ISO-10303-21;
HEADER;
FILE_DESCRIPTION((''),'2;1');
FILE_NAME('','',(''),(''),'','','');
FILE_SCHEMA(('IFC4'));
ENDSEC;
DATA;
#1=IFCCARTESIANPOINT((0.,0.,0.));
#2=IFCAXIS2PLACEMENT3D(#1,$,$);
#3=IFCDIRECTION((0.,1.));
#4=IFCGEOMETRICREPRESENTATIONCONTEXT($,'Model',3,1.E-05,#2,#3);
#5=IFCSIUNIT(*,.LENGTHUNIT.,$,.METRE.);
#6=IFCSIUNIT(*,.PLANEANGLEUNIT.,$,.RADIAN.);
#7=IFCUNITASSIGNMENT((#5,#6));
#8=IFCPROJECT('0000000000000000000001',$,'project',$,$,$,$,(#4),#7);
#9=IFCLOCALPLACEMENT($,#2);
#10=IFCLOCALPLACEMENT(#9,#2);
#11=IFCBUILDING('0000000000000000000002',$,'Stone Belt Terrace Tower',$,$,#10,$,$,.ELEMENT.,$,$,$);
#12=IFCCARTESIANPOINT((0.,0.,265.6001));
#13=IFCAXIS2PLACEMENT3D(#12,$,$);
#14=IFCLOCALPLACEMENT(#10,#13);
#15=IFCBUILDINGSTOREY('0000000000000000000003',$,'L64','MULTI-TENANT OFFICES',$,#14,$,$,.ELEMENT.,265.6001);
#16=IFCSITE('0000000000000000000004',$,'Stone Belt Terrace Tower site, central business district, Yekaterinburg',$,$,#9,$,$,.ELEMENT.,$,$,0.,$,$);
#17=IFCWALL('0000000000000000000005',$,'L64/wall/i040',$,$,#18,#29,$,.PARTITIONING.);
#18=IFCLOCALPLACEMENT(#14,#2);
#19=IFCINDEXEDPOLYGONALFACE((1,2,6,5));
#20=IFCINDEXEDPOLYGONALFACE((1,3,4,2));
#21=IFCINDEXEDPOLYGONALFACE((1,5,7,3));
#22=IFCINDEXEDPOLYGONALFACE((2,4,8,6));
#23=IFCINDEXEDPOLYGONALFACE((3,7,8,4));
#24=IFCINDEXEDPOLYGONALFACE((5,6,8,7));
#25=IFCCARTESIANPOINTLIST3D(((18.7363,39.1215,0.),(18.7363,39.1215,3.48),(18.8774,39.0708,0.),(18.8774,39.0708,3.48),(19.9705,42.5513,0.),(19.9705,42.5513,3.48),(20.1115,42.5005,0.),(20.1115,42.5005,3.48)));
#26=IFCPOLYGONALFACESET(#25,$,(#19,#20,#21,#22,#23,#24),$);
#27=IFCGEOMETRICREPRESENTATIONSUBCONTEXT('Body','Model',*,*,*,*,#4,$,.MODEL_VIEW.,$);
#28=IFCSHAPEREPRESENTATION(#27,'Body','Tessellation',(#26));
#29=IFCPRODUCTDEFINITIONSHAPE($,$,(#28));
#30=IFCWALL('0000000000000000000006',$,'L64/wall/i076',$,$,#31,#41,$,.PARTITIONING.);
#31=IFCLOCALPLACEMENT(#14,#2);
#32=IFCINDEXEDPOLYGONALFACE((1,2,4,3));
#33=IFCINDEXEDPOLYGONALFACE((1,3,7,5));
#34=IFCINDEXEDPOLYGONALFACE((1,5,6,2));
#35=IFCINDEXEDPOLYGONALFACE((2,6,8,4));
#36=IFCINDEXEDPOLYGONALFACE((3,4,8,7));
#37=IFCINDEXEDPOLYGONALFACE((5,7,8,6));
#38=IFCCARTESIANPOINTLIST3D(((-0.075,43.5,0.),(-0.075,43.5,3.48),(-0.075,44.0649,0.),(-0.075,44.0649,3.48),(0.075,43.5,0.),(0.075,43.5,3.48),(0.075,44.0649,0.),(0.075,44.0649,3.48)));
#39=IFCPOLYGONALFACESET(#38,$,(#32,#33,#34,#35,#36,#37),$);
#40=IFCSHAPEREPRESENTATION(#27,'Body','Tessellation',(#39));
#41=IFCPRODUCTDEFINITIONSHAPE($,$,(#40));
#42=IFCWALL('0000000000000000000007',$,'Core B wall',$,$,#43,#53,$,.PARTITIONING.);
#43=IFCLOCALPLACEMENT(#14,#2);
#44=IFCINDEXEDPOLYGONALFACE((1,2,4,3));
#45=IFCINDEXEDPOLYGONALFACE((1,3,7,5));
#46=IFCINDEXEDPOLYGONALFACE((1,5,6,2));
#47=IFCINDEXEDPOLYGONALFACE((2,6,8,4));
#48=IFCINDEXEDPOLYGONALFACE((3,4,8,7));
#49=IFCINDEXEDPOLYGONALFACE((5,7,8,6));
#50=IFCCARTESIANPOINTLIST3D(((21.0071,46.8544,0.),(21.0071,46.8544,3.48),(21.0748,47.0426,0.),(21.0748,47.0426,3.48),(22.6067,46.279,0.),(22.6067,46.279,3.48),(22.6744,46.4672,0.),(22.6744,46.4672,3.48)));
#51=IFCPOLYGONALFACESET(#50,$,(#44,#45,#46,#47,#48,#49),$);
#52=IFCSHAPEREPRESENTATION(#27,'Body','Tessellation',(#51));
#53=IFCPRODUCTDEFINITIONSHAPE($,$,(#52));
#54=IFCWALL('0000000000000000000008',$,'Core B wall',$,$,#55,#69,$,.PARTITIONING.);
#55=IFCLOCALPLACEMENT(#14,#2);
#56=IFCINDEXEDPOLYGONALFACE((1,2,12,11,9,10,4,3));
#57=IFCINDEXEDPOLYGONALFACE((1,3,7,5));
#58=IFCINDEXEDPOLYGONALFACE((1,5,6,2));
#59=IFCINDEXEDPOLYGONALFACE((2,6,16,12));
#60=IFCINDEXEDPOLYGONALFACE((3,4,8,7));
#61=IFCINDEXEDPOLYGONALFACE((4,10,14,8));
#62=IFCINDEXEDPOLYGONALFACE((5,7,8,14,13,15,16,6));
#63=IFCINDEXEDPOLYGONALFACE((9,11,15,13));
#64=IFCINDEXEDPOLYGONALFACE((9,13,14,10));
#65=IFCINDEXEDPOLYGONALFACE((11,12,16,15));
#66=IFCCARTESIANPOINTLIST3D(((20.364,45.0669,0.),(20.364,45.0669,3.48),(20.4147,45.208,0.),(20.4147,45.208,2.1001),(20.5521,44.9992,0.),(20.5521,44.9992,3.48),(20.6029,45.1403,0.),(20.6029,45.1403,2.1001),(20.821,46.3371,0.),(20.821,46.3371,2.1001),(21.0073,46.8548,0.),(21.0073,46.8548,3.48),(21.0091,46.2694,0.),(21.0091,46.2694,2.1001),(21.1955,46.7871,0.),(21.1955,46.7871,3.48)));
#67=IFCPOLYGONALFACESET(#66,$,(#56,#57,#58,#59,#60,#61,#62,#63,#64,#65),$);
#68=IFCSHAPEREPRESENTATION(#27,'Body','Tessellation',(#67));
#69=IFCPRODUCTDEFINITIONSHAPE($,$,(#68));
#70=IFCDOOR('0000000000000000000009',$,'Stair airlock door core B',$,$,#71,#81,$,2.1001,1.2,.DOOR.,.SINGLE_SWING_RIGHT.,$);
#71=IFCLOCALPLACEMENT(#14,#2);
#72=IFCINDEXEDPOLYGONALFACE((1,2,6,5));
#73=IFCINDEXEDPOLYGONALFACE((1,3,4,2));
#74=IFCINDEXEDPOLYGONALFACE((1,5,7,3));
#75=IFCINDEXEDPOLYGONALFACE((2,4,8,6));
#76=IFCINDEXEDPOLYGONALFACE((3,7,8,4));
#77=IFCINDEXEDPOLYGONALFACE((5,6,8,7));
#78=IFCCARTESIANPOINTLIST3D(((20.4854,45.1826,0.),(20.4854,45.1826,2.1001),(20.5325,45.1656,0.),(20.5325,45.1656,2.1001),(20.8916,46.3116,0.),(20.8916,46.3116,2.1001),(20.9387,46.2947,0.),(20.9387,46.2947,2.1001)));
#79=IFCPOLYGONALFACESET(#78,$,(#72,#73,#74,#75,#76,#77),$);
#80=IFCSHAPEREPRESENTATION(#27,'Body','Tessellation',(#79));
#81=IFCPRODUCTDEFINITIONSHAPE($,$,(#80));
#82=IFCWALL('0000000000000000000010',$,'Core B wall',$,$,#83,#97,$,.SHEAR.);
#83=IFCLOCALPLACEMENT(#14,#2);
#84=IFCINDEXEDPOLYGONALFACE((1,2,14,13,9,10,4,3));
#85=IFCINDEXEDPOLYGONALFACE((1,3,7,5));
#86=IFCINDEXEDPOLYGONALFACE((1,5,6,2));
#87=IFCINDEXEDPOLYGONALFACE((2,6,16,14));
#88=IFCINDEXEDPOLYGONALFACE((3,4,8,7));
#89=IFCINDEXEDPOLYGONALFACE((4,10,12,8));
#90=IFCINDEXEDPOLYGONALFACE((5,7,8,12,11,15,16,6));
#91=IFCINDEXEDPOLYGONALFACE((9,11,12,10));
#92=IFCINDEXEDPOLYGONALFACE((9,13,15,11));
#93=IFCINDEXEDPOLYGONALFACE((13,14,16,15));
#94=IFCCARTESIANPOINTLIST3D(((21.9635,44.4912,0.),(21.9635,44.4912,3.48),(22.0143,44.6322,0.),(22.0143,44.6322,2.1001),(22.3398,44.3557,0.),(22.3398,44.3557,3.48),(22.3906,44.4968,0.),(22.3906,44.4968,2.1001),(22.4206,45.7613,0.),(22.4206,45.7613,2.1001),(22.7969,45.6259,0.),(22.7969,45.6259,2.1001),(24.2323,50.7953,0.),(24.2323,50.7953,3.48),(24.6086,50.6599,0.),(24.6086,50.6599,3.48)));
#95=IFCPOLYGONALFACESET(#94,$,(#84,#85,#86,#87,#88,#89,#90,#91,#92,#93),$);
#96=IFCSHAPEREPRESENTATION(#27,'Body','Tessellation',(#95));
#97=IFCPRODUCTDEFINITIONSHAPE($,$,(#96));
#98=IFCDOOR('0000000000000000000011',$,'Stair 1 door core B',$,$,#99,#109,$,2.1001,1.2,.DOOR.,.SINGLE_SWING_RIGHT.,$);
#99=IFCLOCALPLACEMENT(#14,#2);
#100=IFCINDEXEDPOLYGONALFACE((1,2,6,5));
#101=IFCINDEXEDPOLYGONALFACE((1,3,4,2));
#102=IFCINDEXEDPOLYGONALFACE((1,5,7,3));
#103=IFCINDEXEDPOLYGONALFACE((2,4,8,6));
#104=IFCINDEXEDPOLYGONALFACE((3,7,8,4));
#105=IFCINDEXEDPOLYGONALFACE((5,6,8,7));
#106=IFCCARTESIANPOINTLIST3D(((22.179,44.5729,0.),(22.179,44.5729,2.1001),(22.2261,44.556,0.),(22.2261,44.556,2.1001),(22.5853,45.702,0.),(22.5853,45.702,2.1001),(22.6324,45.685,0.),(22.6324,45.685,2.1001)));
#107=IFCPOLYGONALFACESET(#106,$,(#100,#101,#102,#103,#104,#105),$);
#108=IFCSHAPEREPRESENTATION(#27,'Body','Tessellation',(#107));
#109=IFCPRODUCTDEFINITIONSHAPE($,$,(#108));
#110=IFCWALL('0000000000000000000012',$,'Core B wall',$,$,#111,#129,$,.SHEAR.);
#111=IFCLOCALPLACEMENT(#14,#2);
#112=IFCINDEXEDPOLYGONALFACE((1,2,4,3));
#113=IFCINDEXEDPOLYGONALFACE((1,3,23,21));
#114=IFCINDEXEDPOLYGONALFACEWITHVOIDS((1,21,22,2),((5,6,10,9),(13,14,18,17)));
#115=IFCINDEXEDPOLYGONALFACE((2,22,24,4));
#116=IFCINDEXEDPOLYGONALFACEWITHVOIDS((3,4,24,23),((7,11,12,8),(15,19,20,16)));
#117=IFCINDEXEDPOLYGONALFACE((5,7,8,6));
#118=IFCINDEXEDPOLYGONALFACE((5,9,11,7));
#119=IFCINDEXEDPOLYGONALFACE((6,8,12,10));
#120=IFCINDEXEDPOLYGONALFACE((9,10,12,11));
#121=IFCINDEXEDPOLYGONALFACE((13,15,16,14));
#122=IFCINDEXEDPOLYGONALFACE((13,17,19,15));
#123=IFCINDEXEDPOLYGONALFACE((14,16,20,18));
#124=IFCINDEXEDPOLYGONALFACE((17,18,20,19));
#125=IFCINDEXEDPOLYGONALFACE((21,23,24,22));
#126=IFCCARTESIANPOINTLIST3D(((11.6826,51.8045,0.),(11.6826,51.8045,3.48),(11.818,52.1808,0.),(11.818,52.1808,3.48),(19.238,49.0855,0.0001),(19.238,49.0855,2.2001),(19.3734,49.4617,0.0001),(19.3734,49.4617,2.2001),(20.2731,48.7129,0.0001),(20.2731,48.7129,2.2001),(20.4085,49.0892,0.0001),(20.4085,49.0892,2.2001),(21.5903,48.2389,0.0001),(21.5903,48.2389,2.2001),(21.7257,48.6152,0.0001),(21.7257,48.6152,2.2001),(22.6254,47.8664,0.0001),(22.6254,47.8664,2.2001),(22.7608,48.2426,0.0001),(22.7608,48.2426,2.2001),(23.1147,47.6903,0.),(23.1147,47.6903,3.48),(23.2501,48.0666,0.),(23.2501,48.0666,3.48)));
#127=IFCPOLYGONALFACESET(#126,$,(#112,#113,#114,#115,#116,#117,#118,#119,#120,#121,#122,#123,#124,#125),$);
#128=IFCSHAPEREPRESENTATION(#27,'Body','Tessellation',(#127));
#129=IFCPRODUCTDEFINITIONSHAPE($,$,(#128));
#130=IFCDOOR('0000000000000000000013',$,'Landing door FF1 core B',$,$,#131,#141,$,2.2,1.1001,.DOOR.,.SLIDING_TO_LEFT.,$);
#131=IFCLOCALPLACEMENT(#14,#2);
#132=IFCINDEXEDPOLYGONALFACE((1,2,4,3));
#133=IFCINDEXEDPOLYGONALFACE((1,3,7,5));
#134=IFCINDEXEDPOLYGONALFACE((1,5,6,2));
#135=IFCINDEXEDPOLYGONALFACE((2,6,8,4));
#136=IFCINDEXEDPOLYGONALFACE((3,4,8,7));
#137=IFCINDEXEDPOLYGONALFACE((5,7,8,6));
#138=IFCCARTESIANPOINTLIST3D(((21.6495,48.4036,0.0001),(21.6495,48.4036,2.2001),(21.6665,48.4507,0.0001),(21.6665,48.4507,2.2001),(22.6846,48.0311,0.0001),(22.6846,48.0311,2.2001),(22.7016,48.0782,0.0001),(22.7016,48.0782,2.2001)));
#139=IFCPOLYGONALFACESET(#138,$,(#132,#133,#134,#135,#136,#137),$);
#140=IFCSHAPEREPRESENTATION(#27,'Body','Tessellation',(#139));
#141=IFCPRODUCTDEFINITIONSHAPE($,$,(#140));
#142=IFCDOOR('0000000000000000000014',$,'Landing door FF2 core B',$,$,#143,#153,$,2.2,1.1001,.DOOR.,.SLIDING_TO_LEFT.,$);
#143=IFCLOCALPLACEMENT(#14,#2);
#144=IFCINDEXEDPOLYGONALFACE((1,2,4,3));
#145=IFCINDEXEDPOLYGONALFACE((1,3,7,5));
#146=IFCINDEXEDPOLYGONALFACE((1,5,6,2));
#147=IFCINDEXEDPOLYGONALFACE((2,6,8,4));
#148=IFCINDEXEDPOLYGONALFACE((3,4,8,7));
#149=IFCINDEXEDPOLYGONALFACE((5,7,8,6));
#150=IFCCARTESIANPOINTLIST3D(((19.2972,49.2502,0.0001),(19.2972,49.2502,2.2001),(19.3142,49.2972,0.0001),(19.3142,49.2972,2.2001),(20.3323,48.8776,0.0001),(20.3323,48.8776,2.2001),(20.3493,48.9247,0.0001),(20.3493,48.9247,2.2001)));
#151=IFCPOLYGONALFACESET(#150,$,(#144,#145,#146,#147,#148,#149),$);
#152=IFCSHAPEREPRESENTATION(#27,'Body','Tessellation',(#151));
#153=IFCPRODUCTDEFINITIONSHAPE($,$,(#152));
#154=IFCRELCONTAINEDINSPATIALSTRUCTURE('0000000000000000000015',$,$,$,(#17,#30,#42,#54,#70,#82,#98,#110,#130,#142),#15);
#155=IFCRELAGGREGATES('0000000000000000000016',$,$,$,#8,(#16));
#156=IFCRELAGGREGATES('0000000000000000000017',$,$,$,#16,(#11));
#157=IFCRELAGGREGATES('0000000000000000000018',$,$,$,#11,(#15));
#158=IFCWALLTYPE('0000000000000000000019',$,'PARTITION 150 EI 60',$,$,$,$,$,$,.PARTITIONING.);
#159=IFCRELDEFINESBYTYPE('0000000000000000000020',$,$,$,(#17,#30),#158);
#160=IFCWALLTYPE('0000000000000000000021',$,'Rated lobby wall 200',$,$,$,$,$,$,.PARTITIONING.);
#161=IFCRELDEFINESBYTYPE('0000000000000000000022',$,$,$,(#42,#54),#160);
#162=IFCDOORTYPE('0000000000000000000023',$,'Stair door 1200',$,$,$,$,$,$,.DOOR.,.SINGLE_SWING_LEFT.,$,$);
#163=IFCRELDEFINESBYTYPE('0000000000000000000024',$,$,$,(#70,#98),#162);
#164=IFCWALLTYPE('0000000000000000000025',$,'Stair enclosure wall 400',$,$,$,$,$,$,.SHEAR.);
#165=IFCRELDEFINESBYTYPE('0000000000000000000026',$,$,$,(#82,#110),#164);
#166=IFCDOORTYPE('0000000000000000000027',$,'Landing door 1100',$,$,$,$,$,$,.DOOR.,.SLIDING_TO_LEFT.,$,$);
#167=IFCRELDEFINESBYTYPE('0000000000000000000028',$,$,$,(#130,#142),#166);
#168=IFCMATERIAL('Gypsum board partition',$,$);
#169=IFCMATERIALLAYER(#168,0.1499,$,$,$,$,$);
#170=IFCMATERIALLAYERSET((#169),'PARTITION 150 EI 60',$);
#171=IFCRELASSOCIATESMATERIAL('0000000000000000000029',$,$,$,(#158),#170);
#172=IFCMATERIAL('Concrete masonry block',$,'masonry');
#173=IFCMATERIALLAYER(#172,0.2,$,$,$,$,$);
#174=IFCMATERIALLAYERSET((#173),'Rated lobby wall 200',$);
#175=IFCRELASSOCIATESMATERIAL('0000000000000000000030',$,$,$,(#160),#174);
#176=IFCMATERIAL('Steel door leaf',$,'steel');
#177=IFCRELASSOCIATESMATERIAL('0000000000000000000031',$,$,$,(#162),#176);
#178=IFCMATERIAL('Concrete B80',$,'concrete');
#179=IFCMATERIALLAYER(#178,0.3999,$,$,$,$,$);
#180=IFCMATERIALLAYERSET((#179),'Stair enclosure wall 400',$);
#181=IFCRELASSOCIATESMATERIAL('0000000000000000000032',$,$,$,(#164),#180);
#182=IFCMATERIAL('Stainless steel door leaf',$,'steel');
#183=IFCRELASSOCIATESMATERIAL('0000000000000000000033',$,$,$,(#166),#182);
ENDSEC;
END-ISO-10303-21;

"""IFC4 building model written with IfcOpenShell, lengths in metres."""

from ifc_helpers import new_model, si_unit, direction, frame, frame_2d, origin, place, context, subcontext, project, spatial, rectangle, extrude, material, layer, layer_set, type_object, element, fill, save


model = new_model("IFC4")

# Units and contexts
model_context = context("Model", 3, precision=1e-05, world=origin(), true_north=direction((0.0, 1.0)))
body_context = subcontext(model_context, "Body", "Model", "MODEL_VIEW")
ifc_project = project(units=[si_unit("LENGTHUNIT", "METRE"), si_unit("PLANEANGLEUNIT", "RADIAN")], contexts=[model_context])

# Site, building, storey
site_placement = place(None, origin())
site = spatial("IfcSite", under=ifc_project, at=site_placement, Name="Stone Belt Terrace Tower site, central business district, Yekaterinburg", CompositionType="ELEMENT", RefElevation=0.0)
building_placement = place(site_placement, origin())
building = spatial("IfcBuilding", under=site, at=building_placement, Name="Stone Belt Terrace Tower", CompositionType="ELEMENT")
storey_placement = place(building_placement, frame((0.0, 0.0, 265.6001)))
storey = spatial("IfcBuildingStorey", under=building, at=storey_placement, Name="L64", Description="MULTI-TENANT OFFICES", CompositionType="ELEMENT", Elevation=265.6001)

# Shared definitions
ifc_material_1 = material(Name="Gypsum board partition")
ifc_layer_1 = layer(ifc_material_1, 0.1499)
ifc_layer_set_1 = layer_set([ifc_layer_1], Name="PARTITION 150 EI 60")
wall_type_1 = type_object("IfcWallType", Name="PARTITION 150 EI 60", PredefinedType="PARTITIONING", material=ifc_layer_set_1)

# Walls
wall_1_placement = place(storey_placement, frame((20.041, 42.5259, 0.0), z_axis=(0.0, 0.0, 1.0), x_axis=(-0.338584, -0.940936, 0.0)))
element("IfcWall", 1, at=wall_1_placement, inside=storey, type_object=wall_type_1, Name="L64/wall/i040", PredefinedType="PARTITIONING", context=body_context, shape_type="SweptSolid", body=[
    extrude(rectangle(XDim=3.645, YDim=0.1499, at=frame_2d((1.8225, 0.0))), origin(), (0.0, 0.0, 1.0), 3.48),
])
wall_2_placement = place(storey_placement, frame((0.0, 44.0649, 0.0), z_axis=(0.0, 0.0, 1.0), x_axis=(0.0, -1.0, 0.0)))
element("IfcWall", 2, at=wall_2_placement, inside=storey, type_object=wall_type_1, Name="L64/wall/i076", PredefinedType="PARTITIONING", context=body_context, shape_type="SweptSolid", body=[
    extrude(rectangle(XDim=0.5649, YDim=0.1499, at=frame_2d((0.2825, 0.0))), origin(), (0.0, 0.0, 1.0), 3.48),
])
ifc_material_2 = material(Name="Concrete masonry block", Category="masonry")
ifc_layer_2 = layer(ifc_material_2, 0.2)
ifc_layer_set_2 = layer_set([ifc_layer_2], Name="Rated lobby wall 200")
wall_type_2 = type_object("IfcWallType", Name="Rated lobby wall 200", PredefinedType="PARTITIONING", material=ifc_layer_set_2)
wall_3_placement = place(storey_placement, frame((22.6406, 46.373, 0.0), z_axis=(0.0, 0.0, 1.0), x_axis=(-0.940966, 0.338501, 0.0)))
element("IfcWall", 3, at=wall_3_placement, inside=storey, type_object=wall_type_2, Name="Core B wall", PredefinedType="PARTITIONING", context=body_context, shape_type="SweptSolid", body=[
    extrude(rectangle(XDim=1.7, YDim=0.2, at=frame_2d((0.8501, 0.0))), origin(), (0.0, 0.0, 1.0), 3.48),
])

# Walls, openings, doors
wall_4_placement = place(storey_placement, frame((20.458, 45.033, 0.0), z_axis=(0.0, 0.0, 1.0), x_axis=(0.338574, 0.94094, 0.0)))
wall_4 = element("IfcWall", 4, at=wall_4_placement, inside=storey, type_object=wall_type_2, Name="Core B wall", PredefinedType="PARTITIONING", context=body_context, shape_type="SweptSolid", body=[
    extrude(rectangle(XDim=1.9001, YDim=0.2, at=frame_2d((0.9502, 0.0))), origin(), (0.0, 0.0, 1.0), 3.48),
])
opening_1_placement = place(wall_4_placement, frame((0.1499, 0.0, 0.0)))
opening_1 = element("IfcOpeningElement", 5, at=opening_1_placement, cuts=wall_4, PredefinedType="OPENING", context=body_context, shape_type="SweptSolid", body=[
    extrude(rectangle(XDim=1.2, YDim=2.1001, at=frame_2d((0.6001, 1.05))), frame((0.0, 0.1099, 0.0), z_axis=(0.0, -1.0, 0.0), x_axis=(1.0, 0.0, 0.0)), (0.0, 0.0, 1.0), 0.22),
])
ifc_material_3 = material(Name="Steel door leaf", Category="steel")
door_type_1 = type_object("IfcDoorType", Name="Stair door 1200", OperationType="SINGLE_SWING_LEFT", PredefinedType="DOOR", material=ifc_material_3)
door_1_placement = place(opening_1_placement, origin())
door_1 = element("IfcDoor", 6, at=door_1_placement, inside=storey, type_object=door_type_1, Name="Stair airlock door core B", OperationType="SINGLE_SWING_RIGHT", OverallHeight=2.1001, OverallWidth=1.2, PredefinedType="DOOR", context=body_context, shape_type="SweptSolid", body=[
    extrude(rectangle(XDim=1.2, YDim=2.1001, at=frame_2d((0.6001, 1.05))), frame((0.0, 0.0249, 0.0), z_axis=(0.0, -1.0, 0.0), x_axis=(1.0, 0.0, 0.0)), (0.0, 0.0, 1.0), 0.05),
])
fill(opening_1, door_1)
ifc_material_4 = material(Name="Concrete B80", Category="concrete")
ifc_layer_3 = layer(ifc_material_4, 0.3999)
ifc_layer_set_3 = layer_set([ifc_layer_3], Name="Stair enclosure wall 400")
wall_type_3 = type_object("IfcWallType", Name="Stair enclosure wall 400", PredefinedType="SHEAR", material=ifc_layer_set_3)
wall_5_placement = place(storey_placement, frame((22.1516, 44.4233, 0.0), z_axis=(0.0, 0.0, 1.0), x_axis=(0.338625, 0.940921, 0.0)))
wall_5 = element("IfcWall", 7, at=wall_5_placement, inside=storey, type_object=wall_type_3, Name="Core B wall", PredefinedType="SHEAR", context=body_context, shape_type="SweptSolid", body=[
    extrude(rectangle(XDim=6.7, YDim=0.3999, at=frame_2d((3.3501, 0.0))), origin(), (0.0, 0.0, 1.0), 3.48),
])
opening_2_placement = place(wall_5_placement, frame((0.1499, 0.0, 0.0)))
opening_2 = element("IfcOpeningElement", 8, at=opening_2_placement, cuts=wall_5, PredefinedType="OPENING", context=body_context, shape_type="SweptSolid", body=[
    extrude(rectangle(XDim=1.2, YDim=2.1001, at=frame_2d((0.6001, 1.05))), frame((0.0, 0.21, 0.0), z_axis=(0.0, -1.0, 0.0), x_axis=(1.0, 0.0, 0.0)), (0.0, 0.0, 1.0), 0.4199),
])
door_2_placement = place(opening_2_placement, origin())
door_2 = element("IfcDoor", 9, at=door_2_placement, inside=storey, type_object=door_type_1, Name="Stair 1 door core B", OperationType="SINGLE_SWING_RIGHT", OverallHeight=2.1001, OverallWidth=1.2, PredefinedType="DOOR", context=body_context, shape_type="SweptSolid", body=[
    extrude(rectangle(XDim=1.2, YDim=2.1001, at=frame_2d((0.6001, 1.05))), frame((0.0, 0.0249, 0.0), z_axis=(0.0, -1.0, 0.0), x_axis=(1.0, 0.0, 0.0)), (0.0, 0.0, 1.0), 0.05),
])
fill(opening_2, door_2)

# Wall, openings, doors
wall_6_placement = place(storey_placement, frame((23.1824, 47.8784, 0.0), z_axis=(0.0, 0.0, 1.0), x_axis=(-0.940922, 0.338624, 0.0)))
wall_6 = element("IfcWall", 10, at=wall_6_placement, inside=storey, type_object=wall_type_3, Name="Core B wall", PredefinedType="SHEAR", context=body_context, shape_type="SweptSolid", body=[
    extrude(rectangle(XDim=12.1499, YDim=0.3999, at=frame_2d((6.075, 0.0))), origin(), (0.0, 0.0, 1.0), 3.48),
])
opening_3_placement = place(wall_6_placement, frame((0.52, 0.0, 0.0)))
opening_3 = element("IfcOpeningElement", 11, at=opening_3_placement, cuts=wall_6, PredefinedType="OPENING", context=body_context, shape_type="SweptSolid", body=[
    extrude(rectangle(XDim=1.1001, YDim=2.2, at=frame_2d((0.55, 1.1001))), frame((0.0, 0.21, 0.0), z_axis=(0.0, -1.0, 0.0), x_axis=(1.0, 0.0, 0.0)), (0.0, 0.0, 1.0), 0.4199),
])
opening_4_placement = place(wall_6_placement, frame((3.02, 0.0, 0.0)))
opening_4 = element("IfcOpeningElement", 12, at=opening_4_placement, cuts=wall_6, PredefinedType="OPENING", context=body_context, shape_type="SweptSolid", body=[
    extrude(rectangle(XDim=1.1001, YDim=2.2, at=frame_2d((0.55, 1.1001))), frame((0.0, 0.21, 0.0), z_axis=(0.0, -1.0, 0.0), x_axis=(1.0, 0.0, 0.0)), (0.0, 0.0, 1.0), 0.4199),
])
ifc_material_5 = material(Name="Stainless steel door leaf", Category="steel")
door_type_2 = type_object("IfcDoorType", Name="Landing door 1100", OperationType="SLIDING_TO_LEFT", PredefinedType="DOOR", material=ifc_material_5)
door_3_placement = place(opening_3_placement, origin())
door_3 = element("IfcDoor", 13, at=door_3_placement, inside=storey, type_object=door_type_2, Name="Landing door FF1 core B", OperationType="SLIDING_TO_LEFT", OverallHeight=2.2, OverallWidth=1.1001, PredefinedType="DOOR", context=body_context, shape_type="SweptSolid", body=[
    extrude(rectangle(XDim=1.1001, YDim=2.2, at=frame_2d((0.55, 1.1001))), frame((0.0, 0.0249, 0.0), z_axis=(0.0, -1.0, 0.0), x_axis=(1.0, 0.0, 0.0)), (0.0, 0.0, 1.0), 0.05),
])
fill(opening_3, door_3)
door_4_placement = place(opening_4_placement, origin())
door_4 = element("IfcDoor", 14, at=door_4_placement, inside=storey, type_object=door_type_2, Name="Landing door FF2 core B", OperationType="SLIDING_TO_LEFT", OverallHeight=2.2, OverallWidth=1.1001, PredefinedType="DOOR", context=body_context, shape_type="SweptSolid", body=[
    extrude(rectangle(XDim=1.1001, YDim=2.2, at=frame_2d((0.55, 1.1001))), frame((0.0, 0.0249, 0.0), z_axis=(0.0, -1.0, 0.0), x_axis=(1.0, 0.0, 0.0)), (0.0, 0.0, 1.0), 0.05),
])
fill(opening_4, door_4)

save(model, "model.ifc")
